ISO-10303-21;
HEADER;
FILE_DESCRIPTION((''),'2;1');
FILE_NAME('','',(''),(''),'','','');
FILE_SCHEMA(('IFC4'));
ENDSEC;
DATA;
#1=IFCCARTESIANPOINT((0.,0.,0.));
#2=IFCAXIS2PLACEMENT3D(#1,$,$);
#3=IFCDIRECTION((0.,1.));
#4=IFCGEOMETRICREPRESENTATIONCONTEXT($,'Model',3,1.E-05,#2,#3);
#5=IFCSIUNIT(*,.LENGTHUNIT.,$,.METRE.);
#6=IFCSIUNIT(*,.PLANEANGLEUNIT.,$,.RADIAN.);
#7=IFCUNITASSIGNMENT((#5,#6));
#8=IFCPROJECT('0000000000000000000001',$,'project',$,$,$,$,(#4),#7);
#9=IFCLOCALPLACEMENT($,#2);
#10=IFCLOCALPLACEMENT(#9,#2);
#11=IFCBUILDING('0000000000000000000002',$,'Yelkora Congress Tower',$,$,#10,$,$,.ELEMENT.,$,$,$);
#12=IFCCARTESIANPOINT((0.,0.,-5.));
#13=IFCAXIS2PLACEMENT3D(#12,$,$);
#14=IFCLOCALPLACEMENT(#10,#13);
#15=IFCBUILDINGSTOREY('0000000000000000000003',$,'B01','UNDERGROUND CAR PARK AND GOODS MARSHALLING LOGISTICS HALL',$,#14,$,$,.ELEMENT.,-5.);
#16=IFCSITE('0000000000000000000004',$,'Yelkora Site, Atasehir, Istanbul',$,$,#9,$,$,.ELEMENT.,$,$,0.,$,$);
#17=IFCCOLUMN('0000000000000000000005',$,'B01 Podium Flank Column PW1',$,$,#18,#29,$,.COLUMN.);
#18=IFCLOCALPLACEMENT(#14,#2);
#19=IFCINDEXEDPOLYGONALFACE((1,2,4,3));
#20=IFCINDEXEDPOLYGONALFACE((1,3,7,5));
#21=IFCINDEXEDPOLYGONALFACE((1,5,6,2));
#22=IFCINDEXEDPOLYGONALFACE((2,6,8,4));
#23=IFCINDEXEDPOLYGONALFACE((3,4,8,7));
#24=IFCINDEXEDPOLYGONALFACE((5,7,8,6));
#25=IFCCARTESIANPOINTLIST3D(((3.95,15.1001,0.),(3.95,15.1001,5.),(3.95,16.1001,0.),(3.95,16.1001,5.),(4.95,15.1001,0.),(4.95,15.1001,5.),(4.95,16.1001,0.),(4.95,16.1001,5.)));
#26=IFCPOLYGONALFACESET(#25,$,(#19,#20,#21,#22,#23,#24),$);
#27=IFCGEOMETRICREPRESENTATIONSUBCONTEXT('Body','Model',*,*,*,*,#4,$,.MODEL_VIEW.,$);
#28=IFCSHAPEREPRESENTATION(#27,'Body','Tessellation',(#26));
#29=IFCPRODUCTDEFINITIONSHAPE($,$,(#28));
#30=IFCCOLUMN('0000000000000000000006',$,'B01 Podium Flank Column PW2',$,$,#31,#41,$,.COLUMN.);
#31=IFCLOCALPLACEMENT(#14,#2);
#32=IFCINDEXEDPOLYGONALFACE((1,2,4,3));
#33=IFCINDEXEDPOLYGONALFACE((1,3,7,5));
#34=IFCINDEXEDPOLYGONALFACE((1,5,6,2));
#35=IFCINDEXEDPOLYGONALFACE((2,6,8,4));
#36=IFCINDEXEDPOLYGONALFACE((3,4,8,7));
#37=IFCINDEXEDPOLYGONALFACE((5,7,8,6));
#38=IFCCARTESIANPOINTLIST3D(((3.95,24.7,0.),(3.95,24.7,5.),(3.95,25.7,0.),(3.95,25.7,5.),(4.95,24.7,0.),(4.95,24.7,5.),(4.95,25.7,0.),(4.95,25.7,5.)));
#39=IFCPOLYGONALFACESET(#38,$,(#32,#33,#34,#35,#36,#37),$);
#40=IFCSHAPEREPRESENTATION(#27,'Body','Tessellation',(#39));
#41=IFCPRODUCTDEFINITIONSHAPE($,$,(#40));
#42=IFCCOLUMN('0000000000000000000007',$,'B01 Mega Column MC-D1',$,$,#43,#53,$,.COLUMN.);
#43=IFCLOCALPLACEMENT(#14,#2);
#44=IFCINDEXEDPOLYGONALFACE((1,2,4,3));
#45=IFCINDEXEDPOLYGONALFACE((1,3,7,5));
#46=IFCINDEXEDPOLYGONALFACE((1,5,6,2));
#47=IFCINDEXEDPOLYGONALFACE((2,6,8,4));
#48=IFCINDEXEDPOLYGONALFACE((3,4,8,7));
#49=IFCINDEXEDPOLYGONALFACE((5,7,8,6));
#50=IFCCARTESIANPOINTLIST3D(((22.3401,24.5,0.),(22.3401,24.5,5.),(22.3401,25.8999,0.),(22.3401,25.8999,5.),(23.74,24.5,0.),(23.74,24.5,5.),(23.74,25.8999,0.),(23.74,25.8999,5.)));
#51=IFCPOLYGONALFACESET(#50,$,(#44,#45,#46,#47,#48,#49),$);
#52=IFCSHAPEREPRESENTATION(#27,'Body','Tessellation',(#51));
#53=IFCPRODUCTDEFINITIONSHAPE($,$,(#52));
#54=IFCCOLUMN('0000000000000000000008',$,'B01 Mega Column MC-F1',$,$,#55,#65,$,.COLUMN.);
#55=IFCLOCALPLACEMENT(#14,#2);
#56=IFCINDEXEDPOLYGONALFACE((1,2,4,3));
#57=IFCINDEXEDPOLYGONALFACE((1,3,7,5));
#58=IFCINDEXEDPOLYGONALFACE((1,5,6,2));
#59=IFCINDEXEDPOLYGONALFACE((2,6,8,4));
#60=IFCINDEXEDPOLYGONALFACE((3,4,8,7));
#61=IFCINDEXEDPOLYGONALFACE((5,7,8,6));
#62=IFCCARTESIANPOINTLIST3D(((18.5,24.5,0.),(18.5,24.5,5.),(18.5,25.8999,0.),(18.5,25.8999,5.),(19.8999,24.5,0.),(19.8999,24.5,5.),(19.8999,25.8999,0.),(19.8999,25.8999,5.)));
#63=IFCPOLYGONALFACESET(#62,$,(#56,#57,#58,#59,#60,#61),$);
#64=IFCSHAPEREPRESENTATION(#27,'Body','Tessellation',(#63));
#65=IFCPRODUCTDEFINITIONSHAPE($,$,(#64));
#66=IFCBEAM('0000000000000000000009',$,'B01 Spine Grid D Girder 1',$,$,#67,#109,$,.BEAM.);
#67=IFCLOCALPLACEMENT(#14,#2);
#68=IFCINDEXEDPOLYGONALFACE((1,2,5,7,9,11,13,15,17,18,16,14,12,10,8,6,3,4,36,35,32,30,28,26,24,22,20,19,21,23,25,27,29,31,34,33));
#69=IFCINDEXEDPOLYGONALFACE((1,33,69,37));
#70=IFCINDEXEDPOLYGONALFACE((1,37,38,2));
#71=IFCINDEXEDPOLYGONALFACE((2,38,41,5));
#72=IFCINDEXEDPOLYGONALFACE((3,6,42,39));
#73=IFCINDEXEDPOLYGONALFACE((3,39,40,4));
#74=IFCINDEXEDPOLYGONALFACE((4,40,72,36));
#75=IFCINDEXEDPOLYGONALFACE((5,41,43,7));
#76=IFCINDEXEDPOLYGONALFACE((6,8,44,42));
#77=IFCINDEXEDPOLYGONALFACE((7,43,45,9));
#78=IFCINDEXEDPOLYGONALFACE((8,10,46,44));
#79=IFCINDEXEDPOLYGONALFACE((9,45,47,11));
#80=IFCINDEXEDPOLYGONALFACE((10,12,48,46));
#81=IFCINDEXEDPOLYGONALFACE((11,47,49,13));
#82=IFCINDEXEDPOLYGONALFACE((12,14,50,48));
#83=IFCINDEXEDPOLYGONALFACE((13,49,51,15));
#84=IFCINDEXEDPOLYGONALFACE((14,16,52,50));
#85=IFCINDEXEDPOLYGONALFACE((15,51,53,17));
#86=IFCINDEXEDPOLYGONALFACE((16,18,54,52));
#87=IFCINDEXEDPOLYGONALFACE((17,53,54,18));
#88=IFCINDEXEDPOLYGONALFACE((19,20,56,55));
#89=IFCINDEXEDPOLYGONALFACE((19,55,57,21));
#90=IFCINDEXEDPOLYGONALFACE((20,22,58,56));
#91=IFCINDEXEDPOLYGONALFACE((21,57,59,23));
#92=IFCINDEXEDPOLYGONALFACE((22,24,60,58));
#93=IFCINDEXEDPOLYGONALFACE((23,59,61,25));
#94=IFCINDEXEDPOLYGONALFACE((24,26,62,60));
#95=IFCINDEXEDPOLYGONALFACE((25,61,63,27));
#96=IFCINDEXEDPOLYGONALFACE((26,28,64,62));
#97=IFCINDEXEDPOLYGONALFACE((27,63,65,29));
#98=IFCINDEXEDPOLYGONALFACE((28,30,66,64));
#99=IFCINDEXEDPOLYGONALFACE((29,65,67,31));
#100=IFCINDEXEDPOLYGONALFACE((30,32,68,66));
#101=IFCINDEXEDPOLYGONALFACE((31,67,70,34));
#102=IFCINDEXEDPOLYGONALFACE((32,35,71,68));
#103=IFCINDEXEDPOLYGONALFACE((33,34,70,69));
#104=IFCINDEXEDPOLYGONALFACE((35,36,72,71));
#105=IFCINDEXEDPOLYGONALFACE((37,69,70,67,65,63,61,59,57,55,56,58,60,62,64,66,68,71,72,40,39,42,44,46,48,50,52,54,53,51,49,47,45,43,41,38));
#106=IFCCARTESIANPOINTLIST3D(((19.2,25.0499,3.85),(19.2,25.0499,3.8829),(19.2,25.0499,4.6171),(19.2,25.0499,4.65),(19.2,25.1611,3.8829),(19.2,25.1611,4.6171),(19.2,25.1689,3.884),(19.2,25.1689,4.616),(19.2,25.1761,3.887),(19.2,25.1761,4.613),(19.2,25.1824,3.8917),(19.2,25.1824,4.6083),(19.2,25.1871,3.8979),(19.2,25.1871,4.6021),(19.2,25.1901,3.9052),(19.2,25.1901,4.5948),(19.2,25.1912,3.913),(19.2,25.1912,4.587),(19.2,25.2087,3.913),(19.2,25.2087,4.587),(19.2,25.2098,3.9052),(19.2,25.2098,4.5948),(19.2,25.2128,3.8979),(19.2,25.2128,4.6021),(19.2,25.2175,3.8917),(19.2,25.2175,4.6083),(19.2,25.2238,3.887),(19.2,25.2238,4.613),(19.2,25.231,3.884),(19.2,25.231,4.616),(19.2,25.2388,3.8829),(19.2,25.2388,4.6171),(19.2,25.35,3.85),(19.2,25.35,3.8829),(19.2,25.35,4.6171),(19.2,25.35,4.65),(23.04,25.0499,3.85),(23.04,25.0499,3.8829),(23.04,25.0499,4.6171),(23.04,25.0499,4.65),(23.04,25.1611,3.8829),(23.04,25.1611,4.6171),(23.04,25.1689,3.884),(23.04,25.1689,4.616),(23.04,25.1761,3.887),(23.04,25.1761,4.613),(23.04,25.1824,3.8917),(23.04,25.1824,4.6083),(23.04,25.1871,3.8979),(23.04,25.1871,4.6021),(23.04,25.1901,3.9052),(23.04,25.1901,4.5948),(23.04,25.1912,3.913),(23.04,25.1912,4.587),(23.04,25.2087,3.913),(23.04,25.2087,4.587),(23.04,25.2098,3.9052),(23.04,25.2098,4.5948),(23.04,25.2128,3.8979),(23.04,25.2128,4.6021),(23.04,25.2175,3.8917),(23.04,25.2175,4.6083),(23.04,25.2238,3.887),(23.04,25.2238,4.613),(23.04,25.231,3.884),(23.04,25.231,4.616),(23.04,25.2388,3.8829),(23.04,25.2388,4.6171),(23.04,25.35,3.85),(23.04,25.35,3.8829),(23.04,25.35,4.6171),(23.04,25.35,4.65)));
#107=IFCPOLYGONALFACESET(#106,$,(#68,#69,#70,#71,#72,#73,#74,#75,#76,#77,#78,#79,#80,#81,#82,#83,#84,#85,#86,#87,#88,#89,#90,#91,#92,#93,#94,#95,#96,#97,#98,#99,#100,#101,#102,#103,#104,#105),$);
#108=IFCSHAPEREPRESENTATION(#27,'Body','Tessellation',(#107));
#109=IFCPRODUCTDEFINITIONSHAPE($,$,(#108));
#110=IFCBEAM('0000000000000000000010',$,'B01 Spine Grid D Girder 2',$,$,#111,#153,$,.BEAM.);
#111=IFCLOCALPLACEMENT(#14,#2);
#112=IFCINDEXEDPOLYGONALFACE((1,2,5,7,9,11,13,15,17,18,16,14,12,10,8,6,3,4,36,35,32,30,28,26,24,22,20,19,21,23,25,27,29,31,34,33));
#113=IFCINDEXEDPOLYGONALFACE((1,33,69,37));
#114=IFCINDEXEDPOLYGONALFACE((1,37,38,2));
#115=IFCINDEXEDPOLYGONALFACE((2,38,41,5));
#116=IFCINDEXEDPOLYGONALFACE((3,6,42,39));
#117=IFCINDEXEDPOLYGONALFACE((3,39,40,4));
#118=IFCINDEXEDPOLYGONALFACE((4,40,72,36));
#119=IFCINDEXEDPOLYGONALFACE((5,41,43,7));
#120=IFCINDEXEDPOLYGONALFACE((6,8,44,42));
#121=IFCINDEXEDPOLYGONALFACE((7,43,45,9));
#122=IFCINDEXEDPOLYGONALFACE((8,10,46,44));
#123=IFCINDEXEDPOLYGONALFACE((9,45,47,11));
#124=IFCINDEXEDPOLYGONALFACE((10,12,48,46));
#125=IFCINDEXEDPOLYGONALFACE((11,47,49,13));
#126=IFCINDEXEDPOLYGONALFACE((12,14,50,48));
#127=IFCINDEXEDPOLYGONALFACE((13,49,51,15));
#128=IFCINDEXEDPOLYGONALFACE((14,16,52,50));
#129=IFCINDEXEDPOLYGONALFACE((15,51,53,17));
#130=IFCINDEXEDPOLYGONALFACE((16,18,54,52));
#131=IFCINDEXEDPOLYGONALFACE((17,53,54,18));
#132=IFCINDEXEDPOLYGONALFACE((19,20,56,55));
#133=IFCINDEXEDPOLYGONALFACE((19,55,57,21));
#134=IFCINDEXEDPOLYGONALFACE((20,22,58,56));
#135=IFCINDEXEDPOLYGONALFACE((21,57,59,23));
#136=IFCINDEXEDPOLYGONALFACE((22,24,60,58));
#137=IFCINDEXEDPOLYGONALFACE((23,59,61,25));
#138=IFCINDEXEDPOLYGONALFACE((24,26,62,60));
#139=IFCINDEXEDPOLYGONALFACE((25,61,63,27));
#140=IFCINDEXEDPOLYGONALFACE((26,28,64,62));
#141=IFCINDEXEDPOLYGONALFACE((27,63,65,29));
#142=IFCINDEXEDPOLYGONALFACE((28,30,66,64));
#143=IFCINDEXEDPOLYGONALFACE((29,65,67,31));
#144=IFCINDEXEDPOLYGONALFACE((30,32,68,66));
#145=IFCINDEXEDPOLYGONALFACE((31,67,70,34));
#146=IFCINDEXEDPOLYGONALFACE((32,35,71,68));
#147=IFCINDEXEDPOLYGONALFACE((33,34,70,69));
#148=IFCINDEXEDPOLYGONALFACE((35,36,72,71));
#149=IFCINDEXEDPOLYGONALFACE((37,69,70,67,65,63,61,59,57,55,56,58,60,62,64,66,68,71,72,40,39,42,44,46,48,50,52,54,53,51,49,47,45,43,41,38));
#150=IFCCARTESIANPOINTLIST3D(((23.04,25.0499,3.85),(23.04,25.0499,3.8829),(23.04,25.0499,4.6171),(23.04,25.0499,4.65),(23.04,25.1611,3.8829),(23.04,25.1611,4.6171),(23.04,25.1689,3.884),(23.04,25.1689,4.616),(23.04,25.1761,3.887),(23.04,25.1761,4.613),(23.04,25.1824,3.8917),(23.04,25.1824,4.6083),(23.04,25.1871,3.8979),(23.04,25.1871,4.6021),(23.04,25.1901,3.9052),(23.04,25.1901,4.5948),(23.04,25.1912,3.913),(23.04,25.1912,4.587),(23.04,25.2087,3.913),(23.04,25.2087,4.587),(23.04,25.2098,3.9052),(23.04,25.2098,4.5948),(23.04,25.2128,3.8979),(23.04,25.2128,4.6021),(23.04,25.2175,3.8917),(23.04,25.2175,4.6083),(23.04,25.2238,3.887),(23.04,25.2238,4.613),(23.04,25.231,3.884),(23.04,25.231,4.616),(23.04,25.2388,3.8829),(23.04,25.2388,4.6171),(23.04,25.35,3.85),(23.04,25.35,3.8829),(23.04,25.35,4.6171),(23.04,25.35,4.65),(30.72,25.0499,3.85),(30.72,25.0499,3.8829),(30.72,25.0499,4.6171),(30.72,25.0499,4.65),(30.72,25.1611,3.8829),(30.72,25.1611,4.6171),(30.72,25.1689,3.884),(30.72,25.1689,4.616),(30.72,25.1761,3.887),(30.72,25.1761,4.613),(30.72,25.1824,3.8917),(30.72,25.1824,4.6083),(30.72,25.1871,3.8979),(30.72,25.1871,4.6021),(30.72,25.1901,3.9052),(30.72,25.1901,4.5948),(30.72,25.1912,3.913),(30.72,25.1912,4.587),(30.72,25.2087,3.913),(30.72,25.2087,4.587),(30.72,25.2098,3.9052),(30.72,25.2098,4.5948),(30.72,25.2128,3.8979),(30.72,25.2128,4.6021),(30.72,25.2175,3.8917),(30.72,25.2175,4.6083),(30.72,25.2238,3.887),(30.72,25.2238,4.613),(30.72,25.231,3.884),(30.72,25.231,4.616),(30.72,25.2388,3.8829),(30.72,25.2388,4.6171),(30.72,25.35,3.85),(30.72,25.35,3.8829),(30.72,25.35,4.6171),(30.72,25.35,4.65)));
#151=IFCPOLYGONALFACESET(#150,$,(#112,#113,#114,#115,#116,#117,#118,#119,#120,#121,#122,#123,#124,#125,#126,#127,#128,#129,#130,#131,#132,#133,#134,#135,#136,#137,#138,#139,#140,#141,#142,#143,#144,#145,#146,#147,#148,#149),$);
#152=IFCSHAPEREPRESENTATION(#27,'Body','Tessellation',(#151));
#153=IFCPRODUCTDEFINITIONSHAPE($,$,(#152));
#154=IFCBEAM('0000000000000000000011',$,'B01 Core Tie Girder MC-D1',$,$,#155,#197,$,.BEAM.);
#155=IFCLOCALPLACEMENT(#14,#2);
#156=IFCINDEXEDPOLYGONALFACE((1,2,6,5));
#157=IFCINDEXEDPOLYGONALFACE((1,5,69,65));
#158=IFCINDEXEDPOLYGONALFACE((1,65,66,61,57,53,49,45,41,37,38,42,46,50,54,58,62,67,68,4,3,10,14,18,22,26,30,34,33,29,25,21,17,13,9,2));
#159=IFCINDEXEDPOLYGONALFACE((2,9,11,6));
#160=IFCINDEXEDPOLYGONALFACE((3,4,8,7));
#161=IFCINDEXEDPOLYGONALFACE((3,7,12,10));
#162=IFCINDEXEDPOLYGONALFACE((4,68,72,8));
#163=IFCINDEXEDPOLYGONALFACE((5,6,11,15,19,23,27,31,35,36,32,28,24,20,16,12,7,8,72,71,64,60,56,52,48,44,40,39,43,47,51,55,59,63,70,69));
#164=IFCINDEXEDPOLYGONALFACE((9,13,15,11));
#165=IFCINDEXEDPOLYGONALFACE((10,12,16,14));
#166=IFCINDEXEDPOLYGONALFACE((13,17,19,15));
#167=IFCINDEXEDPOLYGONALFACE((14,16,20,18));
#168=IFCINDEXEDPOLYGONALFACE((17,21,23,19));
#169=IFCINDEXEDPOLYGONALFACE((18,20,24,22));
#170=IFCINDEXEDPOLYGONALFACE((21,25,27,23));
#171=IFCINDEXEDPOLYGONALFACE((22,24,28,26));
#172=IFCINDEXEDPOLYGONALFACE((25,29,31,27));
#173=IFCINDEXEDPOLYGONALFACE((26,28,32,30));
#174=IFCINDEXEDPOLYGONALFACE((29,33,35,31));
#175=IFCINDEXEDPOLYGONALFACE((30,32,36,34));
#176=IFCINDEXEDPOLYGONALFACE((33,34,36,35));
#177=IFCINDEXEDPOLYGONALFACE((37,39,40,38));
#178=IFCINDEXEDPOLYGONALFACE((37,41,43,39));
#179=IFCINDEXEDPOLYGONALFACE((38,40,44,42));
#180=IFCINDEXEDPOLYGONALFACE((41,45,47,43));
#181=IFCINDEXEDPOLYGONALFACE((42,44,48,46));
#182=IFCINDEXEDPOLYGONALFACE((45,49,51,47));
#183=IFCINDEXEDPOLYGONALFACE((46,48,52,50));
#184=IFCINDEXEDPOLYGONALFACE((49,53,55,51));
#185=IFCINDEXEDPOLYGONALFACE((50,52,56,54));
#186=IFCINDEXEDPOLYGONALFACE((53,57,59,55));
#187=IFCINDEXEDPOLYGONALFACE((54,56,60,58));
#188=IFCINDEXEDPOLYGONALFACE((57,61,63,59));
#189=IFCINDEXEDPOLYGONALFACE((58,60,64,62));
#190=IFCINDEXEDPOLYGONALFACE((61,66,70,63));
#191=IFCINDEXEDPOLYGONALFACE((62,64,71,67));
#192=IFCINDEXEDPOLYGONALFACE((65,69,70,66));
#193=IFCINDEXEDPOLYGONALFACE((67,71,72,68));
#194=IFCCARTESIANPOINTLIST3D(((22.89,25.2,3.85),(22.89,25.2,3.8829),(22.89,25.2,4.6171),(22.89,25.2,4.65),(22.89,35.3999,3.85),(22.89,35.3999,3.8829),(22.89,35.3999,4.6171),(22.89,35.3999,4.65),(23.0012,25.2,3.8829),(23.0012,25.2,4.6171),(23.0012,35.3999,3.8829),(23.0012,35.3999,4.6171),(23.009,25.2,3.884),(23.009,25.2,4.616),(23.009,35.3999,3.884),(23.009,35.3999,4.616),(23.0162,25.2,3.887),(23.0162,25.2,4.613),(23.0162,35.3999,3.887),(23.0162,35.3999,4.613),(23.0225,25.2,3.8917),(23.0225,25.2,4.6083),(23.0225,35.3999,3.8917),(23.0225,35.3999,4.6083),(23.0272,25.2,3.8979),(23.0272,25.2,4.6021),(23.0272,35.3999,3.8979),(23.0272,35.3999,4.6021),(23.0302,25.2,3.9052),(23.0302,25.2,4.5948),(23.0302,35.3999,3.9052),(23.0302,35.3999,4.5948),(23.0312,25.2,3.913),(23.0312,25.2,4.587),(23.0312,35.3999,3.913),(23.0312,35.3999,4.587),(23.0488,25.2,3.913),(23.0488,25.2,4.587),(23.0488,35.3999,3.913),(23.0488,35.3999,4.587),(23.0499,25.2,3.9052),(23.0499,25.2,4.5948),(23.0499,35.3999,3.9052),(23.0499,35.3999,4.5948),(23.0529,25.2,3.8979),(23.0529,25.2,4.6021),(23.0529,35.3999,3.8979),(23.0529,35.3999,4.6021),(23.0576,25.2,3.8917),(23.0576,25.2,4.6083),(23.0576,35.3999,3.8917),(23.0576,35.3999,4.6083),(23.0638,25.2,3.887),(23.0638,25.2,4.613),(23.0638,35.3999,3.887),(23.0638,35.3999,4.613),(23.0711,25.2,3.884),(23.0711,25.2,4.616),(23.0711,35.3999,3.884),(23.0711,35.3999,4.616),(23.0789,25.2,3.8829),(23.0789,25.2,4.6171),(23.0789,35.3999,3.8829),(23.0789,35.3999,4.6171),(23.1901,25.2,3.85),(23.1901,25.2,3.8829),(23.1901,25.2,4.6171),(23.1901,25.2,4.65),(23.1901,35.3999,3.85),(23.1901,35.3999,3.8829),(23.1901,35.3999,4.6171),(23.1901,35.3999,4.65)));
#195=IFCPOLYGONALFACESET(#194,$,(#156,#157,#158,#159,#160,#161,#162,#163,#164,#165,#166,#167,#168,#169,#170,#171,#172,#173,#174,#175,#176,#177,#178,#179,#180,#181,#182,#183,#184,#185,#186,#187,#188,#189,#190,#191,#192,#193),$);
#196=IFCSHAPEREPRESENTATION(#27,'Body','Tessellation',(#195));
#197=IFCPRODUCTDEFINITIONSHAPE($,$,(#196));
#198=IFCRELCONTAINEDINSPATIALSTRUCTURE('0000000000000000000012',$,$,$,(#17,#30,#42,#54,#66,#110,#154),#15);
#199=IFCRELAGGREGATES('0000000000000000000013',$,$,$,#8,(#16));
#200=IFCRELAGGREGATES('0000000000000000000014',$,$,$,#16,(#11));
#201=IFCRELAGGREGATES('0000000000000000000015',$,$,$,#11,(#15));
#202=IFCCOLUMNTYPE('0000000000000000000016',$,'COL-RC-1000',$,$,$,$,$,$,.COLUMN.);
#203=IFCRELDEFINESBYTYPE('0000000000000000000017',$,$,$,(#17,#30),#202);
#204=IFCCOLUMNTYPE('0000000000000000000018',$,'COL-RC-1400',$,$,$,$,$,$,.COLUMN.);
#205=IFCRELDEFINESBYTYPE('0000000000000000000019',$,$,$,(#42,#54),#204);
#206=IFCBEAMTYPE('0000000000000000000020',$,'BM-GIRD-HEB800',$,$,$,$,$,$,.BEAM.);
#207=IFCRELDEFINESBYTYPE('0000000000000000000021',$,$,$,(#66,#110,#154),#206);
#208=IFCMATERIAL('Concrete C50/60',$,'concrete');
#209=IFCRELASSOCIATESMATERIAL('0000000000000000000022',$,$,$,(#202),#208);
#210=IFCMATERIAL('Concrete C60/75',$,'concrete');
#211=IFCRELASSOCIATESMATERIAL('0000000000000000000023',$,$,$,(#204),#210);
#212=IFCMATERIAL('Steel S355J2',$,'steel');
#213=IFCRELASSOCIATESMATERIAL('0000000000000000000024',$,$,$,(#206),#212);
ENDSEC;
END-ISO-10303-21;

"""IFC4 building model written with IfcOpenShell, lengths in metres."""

from ifc_helpers import new_model, si_unit, direction, frame, origin, origin_2d, place, context, subcontext, project, spatial, rectangle, i_section, extrude, material, material_profile, profile_set, type_object, element, save


model = new_model("IFC4")

# Units and contexts
model_context = context("Model", 3, precision=1e-05, world=origin(), true_north=direction((0.0, 1.0)))
body_context = subcontext(model_context, "Body", "Model", "MODEL_VIEW")
ifc_project = project(units=[si_unit("LENGTHUNIT", "METRE"), si_unit("PLANEANGLEUNIT", "RADIAN")], contexts=[model_context])

# Site, building, storey
site_placement = place(None, origin())
site = spatial("IfcSite", under=ifc_project, at=site_placement, Name="Yelkora Site, Atasehir, Istanbul", CompositionType="ELEMENT", RefElevation=0.0)
building_placement = place(site_placement, origin())
building = spatial("IfcBuilding", under=site, at=building_placement, Name="Yelkora Congress Tower", CompositionType="ELEMENT")
storey_placement = place(building_placement, frame((0.0, 0.0, -5.0)))
storey = spatial("IfcBuildingStorey", under=building, at=storey_placement, Name="B01", Description="UNDERGROUND CAR PARK AND GOODS MARSHALLING LOGISTICS HALL", CompositionType="ELEMENT", Elevation=-5.0)

# Columns
ifc_material_1 = material(Name="Concrete C50/60", Category="concrete")
ifc_material_profile_1 = material_profile(ifc_material_1, rectangle(XDim=1.0, YDim=1.0, at=origin_2d()), Name="RC 1000x1000")
ifc_profile_set_1 = profile_set([ifc_material_profile_1], Name="Concrete C50/60")
column_type_1 = type_object("IfcColumnType", Name="COL-RC-1000", PredefinedType="COLUMN", material=ifc_profile_set_1)
for number, where, z_axis, x_axis, name in (
    (1, (4.45, 15.6001, 0.0), (0.0, 0.0, 1.0), (1.0, 0.0, 0.0), "B01 Podium Flank Column PW1"),
    (2, (4.45, 25.2, 0.0), (0.0, 0.0, 1.0), (1.0, 0.0, 0.0), "B01 Podium Flank Column PW2"),
):
    element("IfcColumn", number, at=place(storey_placement, frame(where, z_axis=z_axis, x_axis=x_axis)), inside=storey, type_object=column_type_1, Name=name, PredefinedType="COLUMN", context=body_context, shape_type="SweptSolid", body=[
        extrude(rectangle(XDim=1.0, YDim=1.0, at=origin_2d()), origin(), (0.0, 0.0, 1.0), 5.0),
    ])
ifc_material_2 = material(Name="Concrete C60/75", Category="concrete")
ifc_material_profile_2 = material_profile(ifc_material_2, rectangle(XDim=1.3999, YDim=1.3999, at=origin_2d()), Name="RC 1400x1400")
ifc_profile_set_2 = profile_set([ifc_material_profile_2], Name="Concrete C60/75")
column_type_2 = type_object("IfcColumnType", Name="COL-RC-1400", PredefinedType="COLUMN", material=ifc_profile_set_2)
for number, where, z_axis, x_axis, name in (
    (3, (23.04, 25.2, 0.0), (0.0, 0.0, 1.0), (1.0, 0.0, 0.0), "B01 Mega Column MC-D1"),
    (4, (19.2, 25.2, 0.0), (0.0, 0.0, 1.0), (1.0, 0.0, 0.0), "B01 Mega Column MC-F1"),
):
    element("IfcColumn", number, at=place(storey_placement, frame(where, z_axis=z_axis, x_axis=x_axis)), inside=storey, type_object=column_type_2, Name=name, PredefinedType="COLUMN", context=body_context, shape_type="SweptSolid", body=[
        extrude(rectangle(XDim=1.3999, YDim=1.3999, at=origin_2d()), origin(), (0.0, 0.0, 1.0), 5.0),
    ])

# Beams
ifc_material_3 = material(Name="Steel S355J2", Category="steel")
ifc_material_profile_3 = material_profile(ifc_material_3, i_section(OverallWidth=0.3, OverallDepth=0.8, WebThickness=0.0176, FlangeThickness=0.033, FilletRadius=0.03, at=origin_2d()), Name="HEB 800")
ifc_profile_set_3 = profile_set([ifc_material_profile_3], Name="Steel S355J2")
beam_type_1 = type_object("IfcBeamType", Name="BM-GIRD-HEB800", PredefinedType="BEAM", material=ifc_profile_set_3)
beam_1_placement = place(storey_placement, frame((19.2, 25.2, 4.25), z_axis=(1.0, 0.0, 0.0), x_axis=(0.0, 1.0, 0.0)))
element("IfcBeam", 5, at=beam_1_placement, inside=storey, type_object=beam_type_1, Name="B01 Spine Grid D Girder 1", PredefinedType="BEAM", context=body_context, shape_type="SweptSolid", body=[
    extrude(i_section(OverallWidth=0.3, OverallDepth=0.8, WebThickness=0.0176, FlangeThickness=0.033, FilletRadius=0.03, at=origin_2d()), origin(), (0.0, 0.0, 1.0), 3.8401),
])
beam_2_placement = place(storey_placement, frame((23.04, 25.2, 4.25), z_axis=(1.0, 0.0, 0.0), x_axis=(0.0, 1.0, 0.0)))
element("IfcBeam", 6, at=beam_2_placement, inside=storey, type_object=beam_type_1, Name="B01 Spine Grid D Girder 2", PredefinedType="BEAM", context=body_context, shape_type="SweptSolid", body=[
    extrude(i_section(OverallWidth=0.3, OverallDepth=0.8, WebThickness=0.0176, FlangeThickness=0.033, FilletRadius=0.03, at=origin_2d()), origin(), (0.0, 0.0, 1.0), 7.6799),
])
beam_3_placement = place(storey_placement, frame((23.04, 25.2, 4.25), z_axis=(0.0, 1.0, 0.0), x_axis=(-1.0, 0.0, 0.0)))
element("IfcBeam", 7, at=beam_3_placement, inside=storey, type_object=beam_type_1, Name="B01 Core Tie Girder MC-D1", PredefinedType="BEAM", context=body_context, shape_type="SweptSolid", body=[
    extrude(i_section(OverallWidth=0.3, OverallDepth=0.8, WebThickness=0.0176, FlangeThickness=0.033, FilletRadius=0.03, at=origin_2d()), origin(), (0.0, 0.0, 1.0), 10.2),
])

save(model, "model.ifc")
